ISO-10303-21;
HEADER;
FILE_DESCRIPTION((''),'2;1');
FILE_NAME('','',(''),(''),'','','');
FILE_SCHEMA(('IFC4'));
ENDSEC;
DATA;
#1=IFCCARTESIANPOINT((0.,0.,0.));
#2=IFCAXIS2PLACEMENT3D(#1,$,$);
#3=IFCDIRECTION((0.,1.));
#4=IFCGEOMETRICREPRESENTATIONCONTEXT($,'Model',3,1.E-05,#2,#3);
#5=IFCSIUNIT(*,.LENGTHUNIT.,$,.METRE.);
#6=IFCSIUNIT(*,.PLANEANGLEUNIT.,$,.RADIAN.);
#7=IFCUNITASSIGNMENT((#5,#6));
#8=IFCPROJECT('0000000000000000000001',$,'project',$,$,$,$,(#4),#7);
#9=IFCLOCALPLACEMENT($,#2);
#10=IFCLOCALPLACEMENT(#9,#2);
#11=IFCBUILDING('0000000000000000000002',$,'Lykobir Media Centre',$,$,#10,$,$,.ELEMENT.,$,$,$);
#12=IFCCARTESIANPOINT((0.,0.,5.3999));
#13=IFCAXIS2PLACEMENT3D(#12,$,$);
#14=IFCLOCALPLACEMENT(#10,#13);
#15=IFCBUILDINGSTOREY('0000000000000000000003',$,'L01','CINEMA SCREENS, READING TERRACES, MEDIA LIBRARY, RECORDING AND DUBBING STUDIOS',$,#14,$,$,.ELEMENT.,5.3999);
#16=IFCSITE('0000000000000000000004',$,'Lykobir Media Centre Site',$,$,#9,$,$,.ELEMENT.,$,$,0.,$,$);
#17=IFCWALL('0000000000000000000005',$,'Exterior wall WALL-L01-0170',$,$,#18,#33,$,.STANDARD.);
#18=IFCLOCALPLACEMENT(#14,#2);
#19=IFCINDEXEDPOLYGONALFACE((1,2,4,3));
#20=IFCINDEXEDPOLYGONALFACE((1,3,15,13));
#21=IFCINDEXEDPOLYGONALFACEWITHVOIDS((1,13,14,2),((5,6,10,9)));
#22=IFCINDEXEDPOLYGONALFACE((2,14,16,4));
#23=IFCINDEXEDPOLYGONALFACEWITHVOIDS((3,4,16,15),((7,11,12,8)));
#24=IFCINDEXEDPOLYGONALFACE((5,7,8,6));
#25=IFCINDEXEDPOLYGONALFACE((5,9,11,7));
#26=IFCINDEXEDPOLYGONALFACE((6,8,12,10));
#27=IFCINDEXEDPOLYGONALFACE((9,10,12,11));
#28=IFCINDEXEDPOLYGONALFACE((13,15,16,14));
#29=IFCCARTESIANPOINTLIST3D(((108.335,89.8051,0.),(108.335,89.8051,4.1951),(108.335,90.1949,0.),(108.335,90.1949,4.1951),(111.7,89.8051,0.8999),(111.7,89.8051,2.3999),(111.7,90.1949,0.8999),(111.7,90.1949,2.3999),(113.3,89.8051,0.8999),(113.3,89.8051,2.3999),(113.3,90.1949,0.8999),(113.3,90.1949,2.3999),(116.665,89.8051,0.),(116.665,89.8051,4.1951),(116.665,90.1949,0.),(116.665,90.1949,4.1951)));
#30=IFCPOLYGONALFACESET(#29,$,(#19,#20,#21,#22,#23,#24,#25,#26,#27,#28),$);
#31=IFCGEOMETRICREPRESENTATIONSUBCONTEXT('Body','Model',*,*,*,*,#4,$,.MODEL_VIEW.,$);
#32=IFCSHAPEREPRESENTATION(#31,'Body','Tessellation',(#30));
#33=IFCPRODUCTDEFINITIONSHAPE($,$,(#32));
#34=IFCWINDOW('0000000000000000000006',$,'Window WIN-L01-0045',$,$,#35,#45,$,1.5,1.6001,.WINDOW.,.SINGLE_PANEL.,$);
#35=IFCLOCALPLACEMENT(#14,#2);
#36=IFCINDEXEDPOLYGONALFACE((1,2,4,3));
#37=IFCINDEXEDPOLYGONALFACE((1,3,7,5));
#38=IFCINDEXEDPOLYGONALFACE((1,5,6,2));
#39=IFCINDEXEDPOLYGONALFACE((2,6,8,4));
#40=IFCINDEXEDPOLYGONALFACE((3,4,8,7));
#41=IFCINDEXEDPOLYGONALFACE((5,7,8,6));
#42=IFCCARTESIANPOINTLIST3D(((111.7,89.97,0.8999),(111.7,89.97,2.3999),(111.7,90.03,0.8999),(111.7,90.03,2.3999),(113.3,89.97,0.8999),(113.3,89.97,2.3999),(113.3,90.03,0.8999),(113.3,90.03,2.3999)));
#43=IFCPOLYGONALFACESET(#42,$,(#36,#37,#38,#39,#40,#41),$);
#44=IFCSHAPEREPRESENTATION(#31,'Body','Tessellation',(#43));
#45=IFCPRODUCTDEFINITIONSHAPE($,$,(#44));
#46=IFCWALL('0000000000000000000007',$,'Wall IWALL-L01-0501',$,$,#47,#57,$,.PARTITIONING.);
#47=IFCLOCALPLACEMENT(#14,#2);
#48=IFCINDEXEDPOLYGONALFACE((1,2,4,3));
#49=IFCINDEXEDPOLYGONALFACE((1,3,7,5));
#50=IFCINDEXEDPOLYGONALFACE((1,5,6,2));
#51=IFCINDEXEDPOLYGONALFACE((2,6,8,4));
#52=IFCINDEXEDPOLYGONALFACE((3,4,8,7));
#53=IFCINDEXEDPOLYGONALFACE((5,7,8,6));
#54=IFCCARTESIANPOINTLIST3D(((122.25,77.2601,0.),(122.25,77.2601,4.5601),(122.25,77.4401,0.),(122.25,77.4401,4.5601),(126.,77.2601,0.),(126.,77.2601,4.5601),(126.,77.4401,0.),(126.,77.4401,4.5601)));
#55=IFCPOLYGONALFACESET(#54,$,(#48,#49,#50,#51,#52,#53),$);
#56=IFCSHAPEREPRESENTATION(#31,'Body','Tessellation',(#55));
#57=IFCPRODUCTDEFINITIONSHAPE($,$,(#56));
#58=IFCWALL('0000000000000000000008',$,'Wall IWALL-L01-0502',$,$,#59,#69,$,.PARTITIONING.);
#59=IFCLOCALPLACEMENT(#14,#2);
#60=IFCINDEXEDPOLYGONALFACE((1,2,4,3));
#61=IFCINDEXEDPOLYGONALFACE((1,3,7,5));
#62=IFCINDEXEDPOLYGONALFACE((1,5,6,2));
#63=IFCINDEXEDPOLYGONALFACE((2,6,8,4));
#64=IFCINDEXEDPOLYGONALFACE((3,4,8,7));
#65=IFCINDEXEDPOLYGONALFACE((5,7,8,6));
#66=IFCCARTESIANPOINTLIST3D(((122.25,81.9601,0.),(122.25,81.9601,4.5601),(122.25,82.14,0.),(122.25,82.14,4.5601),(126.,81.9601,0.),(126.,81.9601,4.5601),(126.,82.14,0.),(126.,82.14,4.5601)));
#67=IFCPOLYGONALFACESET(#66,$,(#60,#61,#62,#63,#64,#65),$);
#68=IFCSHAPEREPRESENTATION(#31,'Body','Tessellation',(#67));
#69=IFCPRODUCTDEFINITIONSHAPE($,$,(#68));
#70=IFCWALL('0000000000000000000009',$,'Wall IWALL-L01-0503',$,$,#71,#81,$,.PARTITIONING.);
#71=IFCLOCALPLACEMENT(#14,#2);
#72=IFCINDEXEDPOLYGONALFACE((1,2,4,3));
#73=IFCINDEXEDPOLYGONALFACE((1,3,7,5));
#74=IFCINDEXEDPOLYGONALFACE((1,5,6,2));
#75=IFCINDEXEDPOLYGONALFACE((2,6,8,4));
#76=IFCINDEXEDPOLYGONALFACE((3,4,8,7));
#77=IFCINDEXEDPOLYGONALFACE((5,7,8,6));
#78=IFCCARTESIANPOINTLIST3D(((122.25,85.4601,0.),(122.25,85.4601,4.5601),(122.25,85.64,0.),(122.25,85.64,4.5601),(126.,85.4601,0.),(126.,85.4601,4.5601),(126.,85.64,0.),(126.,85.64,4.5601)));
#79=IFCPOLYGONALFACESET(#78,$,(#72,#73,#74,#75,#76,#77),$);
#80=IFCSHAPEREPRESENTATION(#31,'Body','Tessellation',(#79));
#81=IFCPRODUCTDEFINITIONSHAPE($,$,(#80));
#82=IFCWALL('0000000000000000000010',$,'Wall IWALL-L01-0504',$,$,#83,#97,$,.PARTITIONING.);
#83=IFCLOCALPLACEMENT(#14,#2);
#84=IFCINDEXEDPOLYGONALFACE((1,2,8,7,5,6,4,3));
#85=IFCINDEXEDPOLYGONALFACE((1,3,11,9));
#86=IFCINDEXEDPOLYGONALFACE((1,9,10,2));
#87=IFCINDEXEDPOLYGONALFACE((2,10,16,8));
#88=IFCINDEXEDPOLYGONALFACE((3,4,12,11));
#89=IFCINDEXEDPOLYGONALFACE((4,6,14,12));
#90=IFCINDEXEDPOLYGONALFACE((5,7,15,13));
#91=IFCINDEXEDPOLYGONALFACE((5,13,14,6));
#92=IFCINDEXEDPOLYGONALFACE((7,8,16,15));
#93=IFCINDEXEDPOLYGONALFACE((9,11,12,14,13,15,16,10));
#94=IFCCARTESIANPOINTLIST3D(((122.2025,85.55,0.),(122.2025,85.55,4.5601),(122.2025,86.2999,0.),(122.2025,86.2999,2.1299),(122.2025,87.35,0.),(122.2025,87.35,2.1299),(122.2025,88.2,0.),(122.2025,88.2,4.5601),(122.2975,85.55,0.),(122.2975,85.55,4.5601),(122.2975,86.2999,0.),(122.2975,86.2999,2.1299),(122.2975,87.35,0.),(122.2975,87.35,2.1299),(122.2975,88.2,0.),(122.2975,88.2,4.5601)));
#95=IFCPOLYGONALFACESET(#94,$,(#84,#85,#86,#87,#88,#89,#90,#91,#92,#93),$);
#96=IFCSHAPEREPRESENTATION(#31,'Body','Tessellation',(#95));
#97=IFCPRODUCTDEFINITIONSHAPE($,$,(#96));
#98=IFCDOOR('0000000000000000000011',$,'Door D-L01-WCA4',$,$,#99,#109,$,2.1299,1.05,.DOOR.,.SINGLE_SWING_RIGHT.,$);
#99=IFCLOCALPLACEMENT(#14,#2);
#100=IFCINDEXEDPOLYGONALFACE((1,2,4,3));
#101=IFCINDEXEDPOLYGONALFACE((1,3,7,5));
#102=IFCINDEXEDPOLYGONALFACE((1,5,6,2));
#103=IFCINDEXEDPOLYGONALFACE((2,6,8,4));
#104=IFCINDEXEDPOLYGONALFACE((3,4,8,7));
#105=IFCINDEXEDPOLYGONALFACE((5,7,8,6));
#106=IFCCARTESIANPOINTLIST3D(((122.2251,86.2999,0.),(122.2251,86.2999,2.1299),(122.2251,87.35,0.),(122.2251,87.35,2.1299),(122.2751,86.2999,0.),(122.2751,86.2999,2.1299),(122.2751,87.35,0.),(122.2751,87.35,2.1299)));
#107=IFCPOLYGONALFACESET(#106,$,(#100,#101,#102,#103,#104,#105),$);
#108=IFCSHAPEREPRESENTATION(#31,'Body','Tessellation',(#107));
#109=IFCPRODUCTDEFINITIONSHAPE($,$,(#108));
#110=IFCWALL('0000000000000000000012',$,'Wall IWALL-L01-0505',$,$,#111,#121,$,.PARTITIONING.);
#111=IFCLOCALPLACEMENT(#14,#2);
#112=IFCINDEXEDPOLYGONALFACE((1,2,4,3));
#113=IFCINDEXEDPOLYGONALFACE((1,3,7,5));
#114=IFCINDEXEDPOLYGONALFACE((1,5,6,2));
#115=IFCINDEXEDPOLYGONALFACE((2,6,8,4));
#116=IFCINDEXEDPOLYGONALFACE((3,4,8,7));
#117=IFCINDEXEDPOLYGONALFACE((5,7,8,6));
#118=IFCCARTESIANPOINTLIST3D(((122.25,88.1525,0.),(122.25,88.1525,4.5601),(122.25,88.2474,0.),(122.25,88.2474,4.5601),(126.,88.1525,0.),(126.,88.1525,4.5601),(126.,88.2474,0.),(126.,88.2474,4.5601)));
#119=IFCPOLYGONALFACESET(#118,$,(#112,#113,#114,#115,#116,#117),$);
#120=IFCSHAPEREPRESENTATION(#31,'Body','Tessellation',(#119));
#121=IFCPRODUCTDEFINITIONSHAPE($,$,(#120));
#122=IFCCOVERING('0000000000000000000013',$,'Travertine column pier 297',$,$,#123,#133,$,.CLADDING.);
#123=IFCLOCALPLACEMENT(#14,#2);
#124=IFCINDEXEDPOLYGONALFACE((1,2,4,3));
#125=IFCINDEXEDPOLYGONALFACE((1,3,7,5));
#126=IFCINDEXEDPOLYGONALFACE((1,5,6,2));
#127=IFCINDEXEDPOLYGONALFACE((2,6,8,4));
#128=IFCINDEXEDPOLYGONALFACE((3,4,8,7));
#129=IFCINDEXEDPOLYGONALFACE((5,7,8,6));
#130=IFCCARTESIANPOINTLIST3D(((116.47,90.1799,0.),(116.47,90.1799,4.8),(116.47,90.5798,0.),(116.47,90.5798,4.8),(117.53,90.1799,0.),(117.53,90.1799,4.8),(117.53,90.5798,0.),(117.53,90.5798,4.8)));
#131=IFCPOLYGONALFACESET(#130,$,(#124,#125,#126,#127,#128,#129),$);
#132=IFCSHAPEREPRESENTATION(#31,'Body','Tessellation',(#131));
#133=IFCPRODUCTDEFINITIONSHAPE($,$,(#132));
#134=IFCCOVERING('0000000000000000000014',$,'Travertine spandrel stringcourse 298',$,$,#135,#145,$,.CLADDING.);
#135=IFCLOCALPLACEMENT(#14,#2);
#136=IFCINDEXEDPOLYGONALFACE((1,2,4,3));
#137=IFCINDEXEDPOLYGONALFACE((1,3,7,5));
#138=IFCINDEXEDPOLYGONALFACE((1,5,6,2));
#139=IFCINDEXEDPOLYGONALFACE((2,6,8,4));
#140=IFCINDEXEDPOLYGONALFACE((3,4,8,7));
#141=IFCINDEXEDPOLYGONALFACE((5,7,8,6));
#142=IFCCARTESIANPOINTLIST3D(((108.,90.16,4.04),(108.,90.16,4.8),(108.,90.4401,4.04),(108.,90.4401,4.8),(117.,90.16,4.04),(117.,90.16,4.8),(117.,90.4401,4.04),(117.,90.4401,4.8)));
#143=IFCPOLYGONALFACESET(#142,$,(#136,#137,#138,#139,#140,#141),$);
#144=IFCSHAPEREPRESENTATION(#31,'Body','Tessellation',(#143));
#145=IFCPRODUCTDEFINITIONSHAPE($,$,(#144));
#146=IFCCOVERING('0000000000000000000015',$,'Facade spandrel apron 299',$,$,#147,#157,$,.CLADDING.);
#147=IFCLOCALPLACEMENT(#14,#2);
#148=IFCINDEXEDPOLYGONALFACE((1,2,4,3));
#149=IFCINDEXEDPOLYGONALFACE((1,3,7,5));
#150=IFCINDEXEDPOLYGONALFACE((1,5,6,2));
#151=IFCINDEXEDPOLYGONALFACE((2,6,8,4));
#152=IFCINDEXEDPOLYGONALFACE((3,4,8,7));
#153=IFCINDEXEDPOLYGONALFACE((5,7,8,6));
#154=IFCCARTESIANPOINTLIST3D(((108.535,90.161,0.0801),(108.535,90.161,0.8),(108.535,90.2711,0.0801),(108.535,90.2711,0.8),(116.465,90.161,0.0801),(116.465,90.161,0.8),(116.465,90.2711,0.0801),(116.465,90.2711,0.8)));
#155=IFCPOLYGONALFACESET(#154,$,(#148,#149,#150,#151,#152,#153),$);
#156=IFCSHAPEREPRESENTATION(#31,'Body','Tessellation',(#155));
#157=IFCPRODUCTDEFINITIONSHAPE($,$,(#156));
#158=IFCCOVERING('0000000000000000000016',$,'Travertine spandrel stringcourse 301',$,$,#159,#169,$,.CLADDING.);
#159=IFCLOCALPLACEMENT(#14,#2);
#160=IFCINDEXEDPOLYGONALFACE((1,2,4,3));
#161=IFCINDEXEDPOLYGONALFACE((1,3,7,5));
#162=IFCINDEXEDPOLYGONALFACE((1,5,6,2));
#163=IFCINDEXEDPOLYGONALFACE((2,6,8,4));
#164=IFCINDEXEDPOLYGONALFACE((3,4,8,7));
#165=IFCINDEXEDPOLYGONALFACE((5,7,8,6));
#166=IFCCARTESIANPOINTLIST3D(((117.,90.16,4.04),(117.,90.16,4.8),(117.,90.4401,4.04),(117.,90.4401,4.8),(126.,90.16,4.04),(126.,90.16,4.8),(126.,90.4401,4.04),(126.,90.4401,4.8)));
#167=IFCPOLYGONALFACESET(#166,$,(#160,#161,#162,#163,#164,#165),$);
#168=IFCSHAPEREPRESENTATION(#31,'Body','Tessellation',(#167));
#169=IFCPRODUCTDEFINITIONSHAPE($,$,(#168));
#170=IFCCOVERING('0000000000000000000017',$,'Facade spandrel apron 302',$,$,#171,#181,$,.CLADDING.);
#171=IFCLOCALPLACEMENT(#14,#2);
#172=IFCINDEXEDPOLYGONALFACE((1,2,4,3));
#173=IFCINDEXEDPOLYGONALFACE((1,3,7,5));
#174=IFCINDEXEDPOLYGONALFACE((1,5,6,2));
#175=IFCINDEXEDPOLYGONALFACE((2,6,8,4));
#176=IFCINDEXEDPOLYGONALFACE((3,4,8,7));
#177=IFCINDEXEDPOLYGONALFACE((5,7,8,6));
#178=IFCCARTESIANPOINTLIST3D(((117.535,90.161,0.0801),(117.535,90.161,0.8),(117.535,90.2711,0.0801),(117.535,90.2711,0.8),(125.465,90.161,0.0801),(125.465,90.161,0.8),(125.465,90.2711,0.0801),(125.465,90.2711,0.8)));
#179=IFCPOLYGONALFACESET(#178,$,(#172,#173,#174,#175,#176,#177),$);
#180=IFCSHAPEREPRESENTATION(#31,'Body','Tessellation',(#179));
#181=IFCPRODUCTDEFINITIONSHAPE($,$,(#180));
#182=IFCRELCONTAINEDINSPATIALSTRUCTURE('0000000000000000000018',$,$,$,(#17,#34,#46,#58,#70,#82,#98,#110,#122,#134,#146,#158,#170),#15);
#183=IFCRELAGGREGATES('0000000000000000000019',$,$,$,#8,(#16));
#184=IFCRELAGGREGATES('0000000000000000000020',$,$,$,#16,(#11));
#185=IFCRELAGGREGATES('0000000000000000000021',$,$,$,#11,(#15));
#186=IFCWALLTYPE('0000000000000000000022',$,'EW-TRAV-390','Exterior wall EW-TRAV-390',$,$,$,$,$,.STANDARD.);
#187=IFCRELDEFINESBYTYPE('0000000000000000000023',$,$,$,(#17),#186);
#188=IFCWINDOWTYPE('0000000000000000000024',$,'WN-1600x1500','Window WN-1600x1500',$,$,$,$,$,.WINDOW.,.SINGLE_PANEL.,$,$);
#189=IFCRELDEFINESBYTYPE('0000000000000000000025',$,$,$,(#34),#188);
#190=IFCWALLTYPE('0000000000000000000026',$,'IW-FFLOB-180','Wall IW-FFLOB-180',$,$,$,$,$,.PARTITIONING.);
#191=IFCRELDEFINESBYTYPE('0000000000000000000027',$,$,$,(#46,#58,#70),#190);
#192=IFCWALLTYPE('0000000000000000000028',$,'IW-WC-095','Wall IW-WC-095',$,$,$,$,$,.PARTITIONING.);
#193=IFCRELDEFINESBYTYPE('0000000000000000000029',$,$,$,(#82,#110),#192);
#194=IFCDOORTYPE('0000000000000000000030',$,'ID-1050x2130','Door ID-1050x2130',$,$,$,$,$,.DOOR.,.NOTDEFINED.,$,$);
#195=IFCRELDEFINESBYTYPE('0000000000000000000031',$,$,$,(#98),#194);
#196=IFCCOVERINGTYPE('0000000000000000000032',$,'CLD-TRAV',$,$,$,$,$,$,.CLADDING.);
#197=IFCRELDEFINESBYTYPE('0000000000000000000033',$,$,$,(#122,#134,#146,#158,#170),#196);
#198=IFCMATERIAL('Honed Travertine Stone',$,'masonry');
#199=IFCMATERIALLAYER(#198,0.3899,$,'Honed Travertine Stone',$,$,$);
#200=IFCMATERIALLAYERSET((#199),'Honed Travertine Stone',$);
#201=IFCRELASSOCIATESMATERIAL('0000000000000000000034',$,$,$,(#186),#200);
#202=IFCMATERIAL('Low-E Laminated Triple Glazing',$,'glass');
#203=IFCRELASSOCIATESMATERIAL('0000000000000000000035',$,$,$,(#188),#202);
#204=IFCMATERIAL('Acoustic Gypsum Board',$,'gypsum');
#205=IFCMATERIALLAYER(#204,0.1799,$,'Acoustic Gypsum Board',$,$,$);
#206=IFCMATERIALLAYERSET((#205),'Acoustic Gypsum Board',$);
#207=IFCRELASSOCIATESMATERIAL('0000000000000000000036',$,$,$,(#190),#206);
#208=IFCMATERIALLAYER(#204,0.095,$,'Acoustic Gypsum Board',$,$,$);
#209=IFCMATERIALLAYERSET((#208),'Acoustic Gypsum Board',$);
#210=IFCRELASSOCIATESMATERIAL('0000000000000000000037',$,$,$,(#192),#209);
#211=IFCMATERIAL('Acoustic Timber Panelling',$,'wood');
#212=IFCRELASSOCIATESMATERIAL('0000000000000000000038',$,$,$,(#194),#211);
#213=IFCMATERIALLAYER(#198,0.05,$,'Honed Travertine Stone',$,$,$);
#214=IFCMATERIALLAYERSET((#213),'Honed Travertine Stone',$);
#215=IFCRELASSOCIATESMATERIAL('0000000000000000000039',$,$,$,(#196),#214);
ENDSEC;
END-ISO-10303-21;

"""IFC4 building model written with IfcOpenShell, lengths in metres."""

from ifc_helpers import new_model, si_unit, direction, frame, frame_2d, origin, origin_2d, place, context, subcontext, project, spatial, rectangle, extrude, material, layer, layer_set, type_object, element, fill, save


model = new_model("IFC4")

# Units and contexts
model_context = context("Model", 3, precision=1e-05, world=origin(), true_north=direction((0.0, 1.0)))
body_context = subcontext(model_context, "Body", "Model", "MODEL_VIEW")
ifc_project = project(units=[si_unit("LENGTHUNIT", "METRE"), si_unit("PLANEANGLEUNIT", "RADIAN")], contexts=[model_context])

# Site, building, storey
site_placement = place(None, origin())
site = spatial("IfcSite", under=ifc_project, at=site_placement, Name="Lykobir Media Centre Site", CompositionType="ELEMENT", RefElevation=0.0)
building_placement = place(site_placement, origin())
building = spatial("IfcBuilding", under=site, at=building_placement, Name="Lykobir Media Centre", CompositionType="ELEMENT")
storey_placement = place(building_placement, frame((0.0, 0.0, 5.3999)))
storey = spatial("IfcBuildingStorey", under=building, at=storey_placement, Name="L01", Description="CINEMA SCREENS, READING TERRACES, MEDIA LIBRARY, RECORDING AND DUBBING STUDIOS", CompositionType="ELEMENT", Elevation=5.3999)

# Wall, opening, window
ifc_material_1 = material(Name="Honed Travertine Stone", Category="masonry")
ifc_layer_1 = layer(ifc_material_1, 0.3899, Name="Honed Travertine Stone")
ifc_layer_set_1 = layer_set([ifc_layer_1], Name="Honed Travertine Stone")
wall_type_1 = type_object("IfcWallType", Name="EW-TRAV-390", Description="Exterior wall EW-TRAV-390", PredefinedType="STANDARD", material=ifc_layer_set_1)
wall_1_placement = place(storey_placement, frame((116.665, 90.0, 0.0), z_axis=(0.0, 0.0, 1.0), x_axis=(-1.0, 0.0, 0.0)))
wall_1 = element("IfcWall", 1, at=wall_1_placement, inside=storey, type_object=wall_type_1, Name="Exterior wall WALL-L01-0170", PredefinedType="STANDARD", context=body_context, shape_type="SweptSolid", body=[
    extrude(rectangle(XDim=8.3301, YDim=0.3899, at=frame_2d((4.165, 0.0))), origin(), (0.0, 0.0, 1.0), 4.1951),
])
opening_1_placement = place(wall_1_placement, frame((3.365, 0.0, 0.8999)))
opening_1 = element("IfcOpeningElement", 2, at=opening_1_placement, cuts=wall_1, PredefinedType="OPENING", context=body_context, shape_type="SweptSolid", body=[
    extrude(rectangle(XDim=1.6001, YDim=1.5, at=frame_2d((0.8, 0.75))), frame((0.0, 0.2048, 0.0), z_axis=(0.0, -1.0, 0.0), x_axis=(1.0, 0.0, 0.0)), (0.0, 0.0, 1.0), 0.4099),
])
ifc_material_2 = material(Name="Low-E Laminated Triple Glazing", Category="glass")
window_type = type_object("IfcWindowType", Name="WN-1600x1500", Description="Window WN-1600x1500", PartitioningType="SINGLE_PANEL", PredefinedType="WINDOW", material=ifc_material_2)
window_placement = place(opening_1_placement, origin())
window = element("IfcWindow", 3, at=window_placement, inside=storey, type_object=window_type, Name="Window WIN-L01-0045", OverallHeight=1.5, OverallWidth=1.6001, PartitioningType="SINGLE_PANEL", PredefinedType="WINDOW", context=body_context, shape_type="SweptSolid", body=[
    extrude(rectangle(XDim=1.6001, YDim=1.5, at=frame_2d((0.8, 0.75))), frame((0.0, 0.03, 0.0), z_axis=(0.0, -1.0, 0.0), x_axis=(1.0, 0.0, 0.0)), (0.0, 0.0, 1.0), 0.0601),
])
fill(opening_1, window)

# Walls
ifc_material_3 = material(Name="Acoustic Gypsum Board", Category="gypsum")
ifc_layer_2 = layer(ifc_material_3, 0.1799, Name="Acoustic Gypsum Board")
ifc_layer_set_2 = layer_set([ifc_layer_2], Name="Acoustic Gypsum Board")
wall_type_2 = type_object("IfcWallType", Name="IW-FFLOB-180", Description="Wall IW-FFLOB-180", PredefinedType="PARTITIONING", material=ifc_layer_set_2)
for number, where, z_axis, x_axis, name in (
    (4, (122.25, 77.3501, 0.0), (0.0, 0.0, 1.0), (1.0, 0.0, 0.0), "Wall IWALL-L01-0501"),
    (5, (122.25, 82.05, 0.0), (0.0, 0.0, 1.0), (1.0, 0.0, 0.0), "Wall IWALL-L01-0502"),
    (6, (122.25, 85.55, 0.0), (0.0, 0.0, 1.0), (1.0, 0.0, 0.0), "Wall IWALL-L01-0503"),
):
    element("IfcWall", number, at=place(storey_placement, frame(where, z_axis=z_axis, x_axis=x_axis)), inside=storey, type_object=wall_type_2, Name=name, PredefinedType="PARTITIONING", context=body_context, shape_type="SweptSolid", body=[
        extrude(rectangle(XDim=3.75, YDim=0.1799, at=frame_2d((1.875, 0.0))), origin(), (0.0, 0.0, 1.0), 4.5601),
    ])

# Wall, opening, door
ifc_layer_3 = layer(ifc_material_3, 0.095, Name="Acoustic Gypsum Board")
ifc_layer_set_3 = layer_set([ifc_layer_3], Name="Acoustic Gypsum Board")
wall_type_3 = type_object("IfcWallType", Name="IW-WC-095", Description="Wall IW-WC-095", PredefinedType="PARTITIONING", material=ifc_layer_set_3)
wall_2_placement = place(storey_placement, frame((122.25, 85.55, 0.0), z_axis=(0.0, 0.0, 1.0), x_axis=(0.0, 1.0, 0.0)))
wall_2 = element("IfcWall", 7, at=wall_2_placement, inside=storey, type_object=wall_type_3, Name="Wall IWALL-L01-0504", PredefinedType="PARTITIONING", context=body_context, shape_type="SweptSolid", body=[
    extrude(rectangle(XDim=2.6499, YDim=0.095, at=frame_2d((1.325, 0.0))), origin(), (0.0, 0.0, 1.0), 4.5601),
])
opening_2_placement = place(wall_2_placement, frame((0.75, 0.0, 0.0)))
opening_2 = element("IfcOpeningElement", 8, at=opening_2_placement, cuts=wall_2, PredefinedType="OPENING", context=body_context, shape_type="SweptSolid", body=[
    extrude(rectangle(XDim=1.05, YDim=2.1299, at=frame_2d((0.5249, 1.0649))), frame((0.0, 0.0574, 0.0), z_axis=(0.0, -1.0, 0.0), x_axis=(1.0, 0.0, 0.0)), (0.0, 0.0, 1.0), 0.115),
])
ifc_material_4 = material(Name="Acoustic Timber Panelling", Category="wood")
door_type = type_object("IfcDoorType", Name="ID-1050x2130", Description="Door ID-1050x2130", OperationType="NOTDEFINED", PredefinedType="DOOR", material=ifc_material_4)
door_placement = place(opening_2_placement, origin())
door = element("IfcDoor", 9, at=door_placement, inside=storey, type_object=door_type, Name="Door D-L01-WCA4", OperationType="SINGLE_SWING_RIGHT", OverallHeight=2.1299, OverallWidth=1.05, PredefinedType="DOOR", context=body_context, shape_type="SweptSolid", body=[
    extrude(rectangle(XDim=1.05, YDim=2.1299, at=frame_2d((0.5249, 1.0649))), frame((0.0, 0.0249, 0.0), z_axis=(0.0, -1.0, 0.0), x_axis=(1.0, 0.0, 0.0)), (0.0, 0.0, 1.0), 0.05),
])
fill(opening_2, door)

# Wall
wall_3_placement = place(storey_placement, frame((122.25, 88.2, 0.0), z_axis=(0.0, 0.0, 1.0), x_axis=(1.0, 0.0, 0.0)))
element("IfcWall", 10, at=wall_3_placement, inside=storey, type_object=wall_type_3, Name="Wall IWALL-L01-0505", PredefinedType="PARTITIONING", context=body_context, shape_type="SweptSolid", body=[
    extrude(rectangle(XDim=3.75, YDim=0.095, at=frame_2d((1.875, 0.0))), origin(), (0.0, 0.0, 1.0), 4.5601),
])

# Coverings
ifc_layer_4 = layer(ifc_material_1, 0.05, Name="Honed Travertine Stone")
ifc_layer_set_4 = layer_set([ifc_layer_4], Name="Honed Travertine Stone")
covering_type = type_object("IfcCoveringType", Name="CLD-TRAV", PredefinedType="CLADDING", material=ifc_layer_set_4)
covering_1_placement = place(storey_placement, frame((117.0, 90.3799, 0.0), z_axis=(0.0, 0.0, 1.0), x_axis=(-1.0, 0.0, 0.0)))
element("IfcCovering", 11, at=covering_1_placement, inside=storey, type_object=covering_type, Name="Travertine column pier 297", PredefinedType="CLADDING", context=body_context, shape_type="SweptSolid", body=[
    extrude(rectangle(XDim=1.0601, YDim=0.3999, at=origin_2d()), origin(), (0.0, 0.0, 1.0), 4.8),
])
covering_2_placement = place(storey_placement, frame((112.5, 90.3, 4.04), z_axis=(0.0, 0.0, 1.0), x_axis=(-1.0, 0.0, 0.0)))
element("IfcCovering", 12, at=covering_2_placement, inside=storey, type_object=covering_type, Name="Travertine spandrel stringcourse 298", PredefinedType="CLADDING", context=body_context, shape_type="SweptSolid", body=[
    extrude(rectangle(XDim=9.0, YDim=0.28, at=origin_2d()), origin(), (0.0, 0.0, 1.0), 0.76),
])
covering_3_placement = place(storey_placement, frame((112.5, 90.2161, 0.0801), z_axis=(0.0, 0.0, 1.0), x_axis=(-1.0, 0.0, 0.0)))
element("IfcCovering", 13, at=covering_3_placement, inside=storey, type_object=covering_type, Name="Facade spandrel apron 299", PredefinedType="CLADDING", context=body_context, shape_type="SweptSolid", body=[
    extrude(rectangle(XDim=7.9299, YDim=0.1101, at=origin_2d()), origin(), (0.0, 0.0, 1.0), 0.72),
])
covering_4_placement = place(storey_placement, frame((121.5, 90.3, 4.04), z_axis=(0.0, 0.0, 1.0), x_axis=(-1.0, 0.0, 0.0)))
element("IfcCovering", 14, at=covering_4_placement, inside=storey, type_object=covering_type, Name="Travertine spandrel stringcourse 301", PredefinedType="CLADDING", context=body_context, shape_type="SweptSolid", body=[
    extrude(rectangle(XDim=9.0, YDim=0.28, at=origin_2d()), origin(), (0.0, 0.0, 1.0), 0.76),
])
covering_5_placement = place(storey_placement, frame((121.5, 90.2161, 0.0801), z_axis=(0.0, 0.0, 1.0), x_axis=(-1.0, 0.0, 0.0)))
element("IfcCovering", 15, at=covering_5_placement, inside=storey, type_object=covering_type, Name="Facade spandrel apron 302", PredefinedType="CLADDING", context=body_context, shape_type="SweptSolid", body=[
    extrude(rectangle(XDim=7.9299, YDim=0.1101, at=origin_2d()), origin(), (0.0, 0.0, 1.0), 0.72),
])

save(model, "model.ifc")
